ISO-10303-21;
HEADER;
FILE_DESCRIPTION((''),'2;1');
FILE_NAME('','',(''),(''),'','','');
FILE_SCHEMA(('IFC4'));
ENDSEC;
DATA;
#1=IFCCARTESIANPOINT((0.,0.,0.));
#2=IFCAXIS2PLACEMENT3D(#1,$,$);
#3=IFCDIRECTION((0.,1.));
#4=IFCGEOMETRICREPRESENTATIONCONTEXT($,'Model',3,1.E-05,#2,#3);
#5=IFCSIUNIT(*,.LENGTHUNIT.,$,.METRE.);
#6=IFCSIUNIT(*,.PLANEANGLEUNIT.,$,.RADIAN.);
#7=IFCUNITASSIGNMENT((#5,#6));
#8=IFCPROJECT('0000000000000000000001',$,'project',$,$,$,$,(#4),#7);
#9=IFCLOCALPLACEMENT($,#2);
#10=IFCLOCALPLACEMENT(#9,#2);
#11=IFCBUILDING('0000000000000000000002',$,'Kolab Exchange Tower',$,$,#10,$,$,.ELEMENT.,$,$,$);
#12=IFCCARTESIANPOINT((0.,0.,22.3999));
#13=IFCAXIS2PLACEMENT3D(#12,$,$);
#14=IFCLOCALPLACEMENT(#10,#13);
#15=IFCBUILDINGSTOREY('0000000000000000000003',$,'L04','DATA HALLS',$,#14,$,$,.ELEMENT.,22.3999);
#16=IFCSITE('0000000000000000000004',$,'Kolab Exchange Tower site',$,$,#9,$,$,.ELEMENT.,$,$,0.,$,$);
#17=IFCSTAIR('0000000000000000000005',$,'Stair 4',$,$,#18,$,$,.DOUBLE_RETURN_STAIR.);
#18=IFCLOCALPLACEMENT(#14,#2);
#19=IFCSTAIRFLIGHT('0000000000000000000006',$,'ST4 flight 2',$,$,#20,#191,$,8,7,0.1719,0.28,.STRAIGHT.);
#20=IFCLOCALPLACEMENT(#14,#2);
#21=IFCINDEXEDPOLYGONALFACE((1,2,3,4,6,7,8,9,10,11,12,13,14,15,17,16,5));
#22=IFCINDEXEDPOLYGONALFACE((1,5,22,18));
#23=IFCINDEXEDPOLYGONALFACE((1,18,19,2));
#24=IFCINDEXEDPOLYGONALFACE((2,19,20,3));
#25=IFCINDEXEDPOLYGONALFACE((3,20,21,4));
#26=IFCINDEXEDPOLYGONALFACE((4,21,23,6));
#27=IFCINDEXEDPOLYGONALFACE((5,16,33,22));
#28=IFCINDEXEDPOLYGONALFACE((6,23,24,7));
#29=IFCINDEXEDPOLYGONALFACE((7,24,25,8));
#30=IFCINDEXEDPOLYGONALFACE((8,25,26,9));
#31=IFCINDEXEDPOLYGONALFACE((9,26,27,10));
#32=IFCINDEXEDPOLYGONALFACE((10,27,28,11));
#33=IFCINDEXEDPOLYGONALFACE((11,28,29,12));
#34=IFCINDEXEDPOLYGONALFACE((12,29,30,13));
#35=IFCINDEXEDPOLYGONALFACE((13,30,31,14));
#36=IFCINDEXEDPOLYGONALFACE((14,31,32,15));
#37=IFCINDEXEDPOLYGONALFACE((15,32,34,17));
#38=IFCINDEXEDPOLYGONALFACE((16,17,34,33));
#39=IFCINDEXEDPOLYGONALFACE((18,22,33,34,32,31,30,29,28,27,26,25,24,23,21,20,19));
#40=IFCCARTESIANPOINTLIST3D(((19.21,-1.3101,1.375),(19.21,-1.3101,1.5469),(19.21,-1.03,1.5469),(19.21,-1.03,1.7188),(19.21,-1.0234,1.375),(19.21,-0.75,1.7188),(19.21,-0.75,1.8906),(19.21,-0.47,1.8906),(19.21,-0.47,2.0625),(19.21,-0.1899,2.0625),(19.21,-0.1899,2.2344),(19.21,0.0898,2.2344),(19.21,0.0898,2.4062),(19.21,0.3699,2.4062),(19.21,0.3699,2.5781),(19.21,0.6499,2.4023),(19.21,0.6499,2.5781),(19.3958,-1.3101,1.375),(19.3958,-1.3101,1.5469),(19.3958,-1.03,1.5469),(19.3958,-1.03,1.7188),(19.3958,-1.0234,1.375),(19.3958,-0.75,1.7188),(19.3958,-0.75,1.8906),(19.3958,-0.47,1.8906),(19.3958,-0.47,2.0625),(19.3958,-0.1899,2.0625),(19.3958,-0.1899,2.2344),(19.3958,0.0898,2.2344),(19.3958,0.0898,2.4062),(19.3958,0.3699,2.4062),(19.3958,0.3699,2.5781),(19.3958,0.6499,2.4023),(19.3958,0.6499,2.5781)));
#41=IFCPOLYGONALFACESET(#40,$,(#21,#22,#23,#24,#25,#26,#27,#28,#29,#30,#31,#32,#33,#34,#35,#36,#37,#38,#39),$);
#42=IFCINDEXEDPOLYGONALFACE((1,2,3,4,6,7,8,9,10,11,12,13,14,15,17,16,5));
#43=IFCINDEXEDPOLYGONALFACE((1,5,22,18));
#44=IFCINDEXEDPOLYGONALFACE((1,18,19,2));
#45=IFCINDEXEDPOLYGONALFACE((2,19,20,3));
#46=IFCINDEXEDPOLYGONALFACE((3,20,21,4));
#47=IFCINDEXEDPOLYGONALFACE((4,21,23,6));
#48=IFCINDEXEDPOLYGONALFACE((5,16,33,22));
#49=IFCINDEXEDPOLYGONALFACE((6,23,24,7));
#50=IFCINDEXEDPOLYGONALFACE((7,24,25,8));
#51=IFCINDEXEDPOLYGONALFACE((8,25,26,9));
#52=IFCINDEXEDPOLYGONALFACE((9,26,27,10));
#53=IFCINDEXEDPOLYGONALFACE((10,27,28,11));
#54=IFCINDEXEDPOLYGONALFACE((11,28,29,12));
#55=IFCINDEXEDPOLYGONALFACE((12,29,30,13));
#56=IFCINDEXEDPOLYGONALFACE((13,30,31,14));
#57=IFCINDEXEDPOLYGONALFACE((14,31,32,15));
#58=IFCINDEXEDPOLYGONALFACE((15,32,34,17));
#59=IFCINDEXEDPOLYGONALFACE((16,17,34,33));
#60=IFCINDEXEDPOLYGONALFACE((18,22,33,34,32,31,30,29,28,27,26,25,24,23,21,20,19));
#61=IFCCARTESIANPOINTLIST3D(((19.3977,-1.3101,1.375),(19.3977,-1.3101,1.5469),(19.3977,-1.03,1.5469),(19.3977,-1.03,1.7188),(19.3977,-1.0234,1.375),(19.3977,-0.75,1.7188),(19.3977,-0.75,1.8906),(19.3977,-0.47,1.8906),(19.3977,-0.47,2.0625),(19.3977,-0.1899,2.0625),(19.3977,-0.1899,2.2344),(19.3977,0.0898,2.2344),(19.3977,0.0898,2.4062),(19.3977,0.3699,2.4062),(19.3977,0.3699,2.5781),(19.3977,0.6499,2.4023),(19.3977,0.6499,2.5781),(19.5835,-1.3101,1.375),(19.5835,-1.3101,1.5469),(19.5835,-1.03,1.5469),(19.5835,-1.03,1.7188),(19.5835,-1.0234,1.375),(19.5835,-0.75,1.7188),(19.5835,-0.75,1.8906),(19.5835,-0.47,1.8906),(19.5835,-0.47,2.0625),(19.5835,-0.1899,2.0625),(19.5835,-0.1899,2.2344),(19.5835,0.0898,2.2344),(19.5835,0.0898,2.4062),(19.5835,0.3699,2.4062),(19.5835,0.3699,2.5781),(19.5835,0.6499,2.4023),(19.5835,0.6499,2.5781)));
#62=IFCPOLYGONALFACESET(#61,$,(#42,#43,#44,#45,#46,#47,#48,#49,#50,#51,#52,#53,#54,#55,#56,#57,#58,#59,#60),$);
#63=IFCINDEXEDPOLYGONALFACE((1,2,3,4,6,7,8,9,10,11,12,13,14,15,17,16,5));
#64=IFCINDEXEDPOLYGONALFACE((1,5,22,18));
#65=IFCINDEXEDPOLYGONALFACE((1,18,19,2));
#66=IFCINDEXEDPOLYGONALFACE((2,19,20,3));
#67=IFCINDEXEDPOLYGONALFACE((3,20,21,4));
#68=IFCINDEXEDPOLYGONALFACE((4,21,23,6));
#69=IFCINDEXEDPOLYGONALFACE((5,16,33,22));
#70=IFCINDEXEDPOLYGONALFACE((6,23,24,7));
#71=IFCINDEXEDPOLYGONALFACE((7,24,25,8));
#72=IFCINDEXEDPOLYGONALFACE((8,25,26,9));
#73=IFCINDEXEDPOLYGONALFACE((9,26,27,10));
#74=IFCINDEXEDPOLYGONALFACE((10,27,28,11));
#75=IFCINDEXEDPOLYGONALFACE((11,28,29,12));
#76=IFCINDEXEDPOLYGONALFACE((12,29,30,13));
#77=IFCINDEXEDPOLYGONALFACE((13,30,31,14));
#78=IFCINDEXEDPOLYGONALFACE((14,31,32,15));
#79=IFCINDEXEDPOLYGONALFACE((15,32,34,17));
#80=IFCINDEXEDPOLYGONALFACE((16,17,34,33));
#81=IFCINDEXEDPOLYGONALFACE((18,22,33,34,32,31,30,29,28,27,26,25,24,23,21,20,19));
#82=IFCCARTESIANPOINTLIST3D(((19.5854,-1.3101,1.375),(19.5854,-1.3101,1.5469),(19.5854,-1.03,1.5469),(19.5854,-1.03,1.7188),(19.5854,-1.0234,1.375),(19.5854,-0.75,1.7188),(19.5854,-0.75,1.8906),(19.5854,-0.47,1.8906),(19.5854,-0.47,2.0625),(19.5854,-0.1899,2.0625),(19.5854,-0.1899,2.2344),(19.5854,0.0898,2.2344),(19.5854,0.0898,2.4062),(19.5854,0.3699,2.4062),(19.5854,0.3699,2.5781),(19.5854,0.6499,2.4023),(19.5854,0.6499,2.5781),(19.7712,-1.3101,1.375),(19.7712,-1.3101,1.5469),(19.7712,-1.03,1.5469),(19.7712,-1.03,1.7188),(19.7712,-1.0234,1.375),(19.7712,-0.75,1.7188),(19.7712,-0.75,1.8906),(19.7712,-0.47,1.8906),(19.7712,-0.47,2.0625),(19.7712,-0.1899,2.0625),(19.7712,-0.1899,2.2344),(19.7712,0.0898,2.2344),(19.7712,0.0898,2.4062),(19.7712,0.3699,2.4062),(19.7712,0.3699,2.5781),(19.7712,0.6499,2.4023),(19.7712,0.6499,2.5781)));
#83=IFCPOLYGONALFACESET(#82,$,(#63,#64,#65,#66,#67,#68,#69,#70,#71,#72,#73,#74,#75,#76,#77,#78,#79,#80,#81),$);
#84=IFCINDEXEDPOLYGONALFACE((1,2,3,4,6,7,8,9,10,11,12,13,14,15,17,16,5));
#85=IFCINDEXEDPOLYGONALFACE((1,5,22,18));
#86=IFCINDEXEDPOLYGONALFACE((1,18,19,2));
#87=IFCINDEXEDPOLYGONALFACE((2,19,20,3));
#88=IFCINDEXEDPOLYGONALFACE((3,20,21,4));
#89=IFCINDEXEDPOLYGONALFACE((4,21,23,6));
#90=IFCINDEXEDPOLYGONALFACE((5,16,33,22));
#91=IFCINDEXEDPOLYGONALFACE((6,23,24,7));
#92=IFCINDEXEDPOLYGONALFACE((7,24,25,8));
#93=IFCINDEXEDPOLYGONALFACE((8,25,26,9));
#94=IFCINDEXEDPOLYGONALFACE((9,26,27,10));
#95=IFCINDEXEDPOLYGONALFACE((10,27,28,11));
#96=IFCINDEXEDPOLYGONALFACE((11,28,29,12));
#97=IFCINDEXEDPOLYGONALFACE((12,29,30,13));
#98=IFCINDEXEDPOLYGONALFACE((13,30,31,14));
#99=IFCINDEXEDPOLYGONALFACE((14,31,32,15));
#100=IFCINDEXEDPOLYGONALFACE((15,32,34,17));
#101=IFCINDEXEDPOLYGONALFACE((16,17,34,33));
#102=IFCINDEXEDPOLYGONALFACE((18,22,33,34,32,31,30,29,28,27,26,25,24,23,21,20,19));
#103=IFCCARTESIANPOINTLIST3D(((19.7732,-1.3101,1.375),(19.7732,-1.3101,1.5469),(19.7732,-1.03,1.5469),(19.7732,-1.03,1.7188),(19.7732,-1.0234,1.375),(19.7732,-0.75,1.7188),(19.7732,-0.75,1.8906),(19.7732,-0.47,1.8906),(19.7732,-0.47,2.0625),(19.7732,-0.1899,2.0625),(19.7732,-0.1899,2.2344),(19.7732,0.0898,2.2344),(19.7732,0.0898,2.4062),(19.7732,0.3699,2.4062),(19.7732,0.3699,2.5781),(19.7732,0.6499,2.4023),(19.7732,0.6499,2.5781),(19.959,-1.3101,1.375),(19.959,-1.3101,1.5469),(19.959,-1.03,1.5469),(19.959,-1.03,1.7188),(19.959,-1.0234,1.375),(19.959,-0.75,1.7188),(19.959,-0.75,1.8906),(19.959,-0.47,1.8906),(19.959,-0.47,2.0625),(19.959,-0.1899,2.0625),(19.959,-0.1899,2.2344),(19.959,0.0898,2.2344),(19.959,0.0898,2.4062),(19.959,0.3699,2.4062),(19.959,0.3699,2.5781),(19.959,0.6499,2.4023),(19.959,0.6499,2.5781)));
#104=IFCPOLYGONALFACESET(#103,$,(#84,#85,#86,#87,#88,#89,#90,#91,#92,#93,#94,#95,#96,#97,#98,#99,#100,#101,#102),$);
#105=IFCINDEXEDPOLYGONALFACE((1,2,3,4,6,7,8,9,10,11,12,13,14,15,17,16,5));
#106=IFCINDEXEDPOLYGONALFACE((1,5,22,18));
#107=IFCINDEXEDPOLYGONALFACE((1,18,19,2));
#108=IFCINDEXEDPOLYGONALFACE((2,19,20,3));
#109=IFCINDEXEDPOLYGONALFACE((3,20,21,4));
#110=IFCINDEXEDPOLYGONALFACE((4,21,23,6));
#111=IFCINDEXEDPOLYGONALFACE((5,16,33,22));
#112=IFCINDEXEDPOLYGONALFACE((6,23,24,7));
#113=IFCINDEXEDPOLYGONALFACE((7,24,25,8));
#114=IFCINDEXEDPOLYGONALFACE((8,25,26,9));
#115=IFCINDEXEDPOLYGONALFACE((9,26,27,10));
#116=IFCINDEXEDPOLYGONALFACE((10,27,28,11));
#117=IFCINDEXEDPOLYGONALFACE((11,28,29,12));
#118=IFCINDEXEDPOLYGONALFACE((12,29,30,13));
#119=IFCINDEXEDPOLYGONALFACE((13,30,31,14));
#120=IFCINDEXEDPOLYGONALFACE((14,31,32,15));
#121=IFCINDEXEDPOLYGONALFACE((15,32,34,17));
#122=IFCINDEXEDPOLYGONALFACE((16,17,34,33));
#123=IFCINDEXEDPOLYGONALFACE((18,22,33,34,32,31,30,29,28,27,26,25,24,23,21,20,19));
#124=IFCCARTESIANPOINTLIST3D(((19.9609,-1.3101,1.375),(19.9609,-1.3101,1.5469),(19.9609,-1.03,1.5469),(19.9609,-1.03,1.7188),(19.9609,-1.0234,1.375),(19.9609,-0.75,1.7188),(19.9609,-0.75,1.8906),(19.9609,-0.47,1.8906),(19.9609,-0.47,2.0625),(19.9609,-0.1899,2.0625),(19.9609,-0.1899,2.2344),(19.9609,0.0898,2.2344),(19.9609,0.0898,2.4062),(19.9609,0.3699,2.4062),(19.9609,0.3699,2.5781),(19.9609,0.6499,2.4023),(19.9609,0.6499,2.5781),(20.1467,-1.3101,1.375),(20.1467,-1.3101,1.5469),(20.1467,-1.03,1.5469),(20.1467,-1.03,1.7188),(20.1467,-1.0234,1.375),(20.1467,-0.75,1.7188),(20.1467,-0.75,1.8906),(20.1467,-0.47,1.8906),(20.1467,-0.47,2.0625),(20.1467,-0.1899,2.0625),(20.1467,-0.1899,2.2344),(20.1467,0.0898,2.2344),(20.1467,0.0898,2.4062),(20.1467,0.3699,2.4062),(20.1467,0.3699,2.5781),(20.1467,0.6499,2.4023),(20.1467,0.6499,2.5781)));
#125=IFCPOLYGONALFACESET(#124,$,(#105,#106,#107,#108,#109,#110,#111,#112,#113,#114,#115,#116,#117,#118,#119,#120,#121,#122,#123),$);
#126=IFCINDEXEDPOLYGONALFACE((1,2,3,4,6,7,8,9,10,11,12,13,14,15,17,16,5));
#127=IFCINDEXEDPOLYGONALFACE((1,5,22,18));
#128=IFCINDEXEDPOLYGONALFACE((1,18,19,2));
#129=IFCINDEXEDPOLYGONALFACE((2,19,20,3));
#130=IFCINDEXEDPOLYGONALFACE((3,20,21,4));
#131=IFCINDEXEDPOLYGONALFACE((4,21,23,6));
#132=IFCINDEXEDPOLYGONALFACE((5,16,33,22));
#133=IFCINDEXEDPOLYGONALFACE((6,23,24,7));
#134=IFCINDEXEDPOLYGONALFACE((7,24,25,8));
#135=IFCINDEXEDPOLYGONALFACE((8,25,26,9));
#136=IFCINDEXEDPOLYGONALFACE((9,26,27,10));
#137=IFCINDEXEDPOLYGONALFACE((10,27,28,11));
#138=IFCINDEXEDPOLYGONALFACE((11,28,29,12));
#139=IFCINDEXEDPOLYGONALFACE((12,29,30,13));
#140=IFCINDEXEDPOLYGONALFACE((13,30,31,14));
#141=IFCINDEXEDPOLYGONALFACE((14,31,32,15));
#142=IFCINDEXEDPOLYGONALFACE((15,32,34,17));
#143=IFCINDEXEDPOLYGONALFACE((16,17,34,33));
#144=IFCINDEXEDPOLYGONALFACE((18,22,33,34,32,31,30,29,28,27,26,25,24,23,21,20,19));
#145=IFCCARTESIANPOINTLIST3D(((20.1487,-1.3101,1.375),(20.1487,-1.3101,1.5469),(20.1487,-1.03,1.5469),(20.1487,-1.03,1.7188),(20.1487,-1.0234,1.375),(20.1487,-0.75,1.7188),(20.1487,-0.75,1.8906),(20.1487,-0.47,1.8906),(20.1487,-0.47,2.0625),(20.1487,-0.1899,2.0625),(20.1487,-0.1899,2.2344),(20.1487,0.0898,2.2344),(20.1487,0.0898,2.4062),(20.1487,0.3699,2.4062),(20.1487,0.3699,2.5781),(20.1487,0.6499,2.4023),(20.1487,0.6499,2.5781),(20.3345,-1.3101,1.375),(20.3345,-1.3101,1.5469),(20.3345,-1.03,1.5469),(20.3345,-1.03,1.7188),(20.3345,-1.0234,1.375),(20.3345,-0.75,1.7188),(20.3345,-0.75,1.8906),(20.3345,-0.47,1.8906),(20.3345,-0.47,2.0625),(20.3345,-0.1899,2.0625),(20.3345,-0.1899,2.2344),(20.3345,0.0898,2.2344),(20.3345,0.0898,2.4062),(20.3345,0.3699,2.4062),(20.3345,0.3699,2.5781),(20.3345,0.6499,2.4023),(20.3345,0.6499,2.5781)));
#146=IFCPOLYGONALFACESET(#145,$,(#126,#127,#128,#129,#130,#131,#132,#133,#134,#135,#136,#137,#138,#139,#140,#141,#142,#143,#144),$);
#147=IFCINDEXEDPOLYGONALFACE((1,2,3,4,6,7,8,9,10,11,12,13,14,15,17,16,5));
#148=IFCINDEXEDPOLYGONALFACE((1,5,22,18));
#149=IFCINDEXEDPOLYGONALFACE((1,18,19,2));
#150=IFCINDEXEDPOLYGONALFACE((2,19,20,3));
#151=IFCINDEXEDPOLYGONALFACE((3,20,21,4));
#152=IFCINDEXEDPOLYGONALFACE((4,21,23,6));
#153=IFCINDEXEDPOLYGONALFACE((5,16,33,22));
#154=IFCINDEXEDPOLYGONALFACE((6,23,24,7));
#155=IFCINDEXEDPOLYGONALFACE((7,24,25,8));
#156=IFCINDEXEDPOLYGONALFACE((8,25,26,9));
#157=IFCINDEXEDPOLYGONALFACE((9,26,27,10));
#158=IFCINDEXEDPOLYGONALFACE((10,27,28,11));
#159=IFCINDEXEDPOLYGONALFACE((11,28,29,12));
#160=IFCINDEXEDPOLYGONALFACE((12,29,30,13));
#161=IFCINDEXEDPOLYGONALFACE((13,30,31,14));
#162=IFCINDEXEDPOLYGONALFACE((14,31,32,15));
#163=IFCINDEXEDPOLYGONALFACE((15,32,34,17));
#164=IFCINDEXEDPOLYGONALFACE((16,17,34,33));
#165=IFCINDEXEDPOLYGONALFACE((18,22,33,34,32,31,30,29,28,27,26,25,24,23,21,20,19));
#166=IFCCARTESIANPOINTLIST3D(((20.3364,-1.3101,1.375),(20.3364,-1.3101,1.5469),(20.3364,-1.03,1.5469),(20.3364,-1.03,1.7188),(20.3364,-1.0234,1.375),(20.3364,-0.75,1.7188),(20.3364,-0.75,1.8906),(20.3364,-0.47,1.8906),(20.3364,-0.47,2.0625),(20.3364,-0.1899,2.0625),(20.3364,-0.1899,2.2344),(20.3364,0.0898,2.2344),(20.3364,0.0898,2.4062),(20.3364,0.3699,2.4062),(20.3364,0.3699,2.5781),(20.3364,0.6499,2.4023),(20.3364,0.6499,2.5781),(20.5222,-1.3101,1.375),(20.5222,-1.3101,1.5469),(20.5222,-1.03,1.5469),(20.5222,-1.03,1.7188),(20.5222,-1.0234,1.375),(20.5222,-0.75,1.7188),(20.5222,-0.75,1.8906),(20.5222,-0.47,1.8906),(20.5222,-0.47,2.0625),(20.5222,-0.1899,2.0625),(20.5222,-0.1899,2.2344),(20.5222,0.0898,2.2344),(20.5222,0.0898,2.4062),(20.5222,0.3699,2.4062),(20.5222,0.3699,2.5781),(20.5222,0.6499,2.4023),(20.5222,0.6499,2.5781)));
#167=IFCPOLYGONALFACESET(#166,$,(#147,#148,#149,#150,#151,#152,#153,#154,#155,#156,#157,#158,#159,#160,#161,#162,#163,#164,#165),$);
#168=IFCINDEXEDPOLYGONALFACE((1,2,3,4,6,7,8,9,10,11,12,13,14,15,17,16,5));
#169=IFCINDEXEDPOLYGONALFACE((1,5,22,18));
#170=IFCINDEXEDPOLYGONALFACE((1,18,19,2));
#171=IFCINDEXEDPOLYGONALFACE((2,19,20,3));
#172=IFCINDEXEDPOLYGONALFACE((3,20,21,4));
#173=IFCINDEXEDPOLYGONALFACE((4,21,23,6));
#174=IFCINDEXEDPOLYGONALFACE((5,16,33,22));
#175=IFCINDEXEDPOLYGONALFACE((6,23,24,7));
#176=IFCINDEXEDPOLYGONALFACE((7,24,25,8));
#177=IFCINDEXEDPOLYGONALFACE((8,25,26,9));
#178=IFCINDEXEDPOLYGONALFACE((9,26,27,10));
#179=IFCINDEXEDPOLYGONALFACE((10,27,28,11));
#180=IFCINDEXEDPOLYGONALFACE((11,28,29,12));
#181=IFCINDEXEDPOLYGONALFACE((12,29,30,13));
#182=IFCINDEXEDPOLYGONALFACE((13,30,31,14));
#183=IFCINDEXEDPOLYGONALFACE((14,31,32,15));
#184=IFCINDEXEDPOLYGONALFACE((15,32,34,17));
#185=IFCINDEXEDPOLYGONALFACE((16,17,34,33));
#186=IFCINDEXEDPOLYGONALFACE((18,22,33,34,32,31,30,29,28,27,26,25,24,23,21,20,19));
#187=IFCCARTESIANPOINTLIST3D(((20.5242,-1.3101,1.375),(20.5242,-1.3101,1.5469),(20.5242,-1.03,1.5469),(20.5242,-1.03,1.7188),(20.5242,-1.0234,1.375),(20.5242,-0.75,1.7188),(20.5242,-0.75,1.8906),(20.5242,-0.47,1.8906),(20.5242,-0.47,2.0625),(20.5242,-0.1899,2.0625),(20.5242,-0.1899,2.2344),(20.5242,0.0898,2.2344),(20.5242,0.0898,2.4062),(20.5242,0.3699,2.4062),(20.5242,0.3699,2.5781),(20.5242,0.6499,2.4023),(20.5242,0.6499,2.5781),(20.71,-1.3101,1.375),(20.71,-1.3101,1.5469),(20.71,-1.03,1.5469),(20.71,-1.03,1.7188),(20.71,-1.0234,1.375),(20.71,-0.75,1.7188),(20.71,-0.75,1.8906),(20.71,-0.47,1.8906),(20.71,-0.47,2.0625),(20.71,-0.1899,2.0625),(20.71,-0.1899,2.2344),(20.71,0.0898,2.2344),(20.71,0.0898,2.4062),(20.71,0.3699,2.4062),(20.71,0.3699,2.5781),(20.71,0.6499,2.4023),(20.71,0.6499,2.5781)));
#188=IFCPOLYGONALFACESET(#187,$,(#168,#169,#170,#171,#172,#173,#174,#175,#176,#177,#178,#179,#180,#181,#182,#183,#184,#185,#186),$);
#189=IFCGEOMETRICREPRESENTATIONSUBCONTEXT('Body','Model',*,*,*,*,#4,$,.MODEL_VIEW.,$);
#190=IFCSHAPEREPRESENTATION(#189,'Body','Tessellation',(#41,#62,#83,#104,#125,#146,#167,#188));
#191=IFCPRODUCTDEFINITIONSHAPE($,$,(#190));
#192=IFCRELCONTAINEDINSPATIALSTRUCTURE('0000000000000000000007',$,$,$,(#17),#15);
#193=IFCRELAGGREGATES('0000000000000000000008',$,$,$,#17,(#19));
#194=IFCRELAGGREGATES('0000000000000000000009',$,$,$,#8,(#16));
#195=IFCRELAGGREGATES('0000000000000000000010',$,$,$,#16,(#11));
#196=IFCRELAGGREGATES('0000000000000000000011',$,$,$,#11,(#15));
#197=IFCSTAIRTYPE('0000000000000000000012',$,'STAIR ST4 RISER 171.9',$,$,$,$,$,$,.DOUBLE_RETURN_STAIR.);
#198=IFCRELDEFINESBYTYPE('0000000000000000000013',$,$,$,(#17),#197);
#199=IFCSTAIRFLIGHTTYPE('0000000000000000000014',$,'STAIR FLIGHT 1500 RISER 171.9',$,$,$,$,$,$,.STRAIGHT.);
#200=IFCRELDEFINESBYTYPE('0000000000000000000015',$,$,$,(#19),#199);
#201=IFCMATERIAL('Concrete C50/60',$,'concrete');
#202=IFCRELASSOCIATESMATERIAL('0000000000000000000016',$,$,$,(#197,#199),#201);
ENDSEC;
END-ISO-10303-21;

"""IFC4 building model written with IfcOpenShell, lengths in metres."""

from ifc_helpers import new_model, si_unit, direction, frame, origin, place, context, subcontext, project, spatial, polyline, outline, extrude, material, type_object, element, aggregate, save


model = new_model("IFC4")

# Units and contexts
model_context = context("Model", 3, precision=1e-05, world=origin(), true_north=direction((0.0, 1.0)))
body_context = subcontext(model_context, "Body", "Model", "MODEL_VIEW")
ifc_project = project(units=[si_unit("LENGTHUNIT", "METRE"), si_unit("PLANEANGLEUNIT", "RADIAN")], contexts=[model_context])

# Site, building, storey
site_placement = place(None, origin())
site = spatial("IfcSite", under=ifc_project, at=site_placement, Name="Kolab Exchange Tower site", CompositionType="ELEMENT", RefElevation=0.0)
building_placement = place(site_placement, origin())
building = spatial("IfcBuilding", under=site, at=building_placement, Name="Kolab Exchange Tower", CompositionType="ELEMENT")
storey_placement = place(building_placement, frame((0.0, 0.0, 22.3999)))
storey = spatial("IfcBuildingStorey", under=building, at=storey_placement, Name="L04", Description="DATA HALLS", CompositionType="ELEMENT", Elevation=22.3999)

# Shared definitions
ifc_material_1 = material(Name="Concrete C50/60", Category="concrete")

# Stair, stair flight
stair_type = type_object("IfcStairType", Name="STAIR ST4 RISER 171.9", PredefinedType="DOUBLE_RETURN_STAIR", material=ifc_material_1)
stair_placement = place(storey_placement, origin())
stair = element("IfcStair", 1, at=stair_placement, inside=storey, type_object=stair_type, Name="Stair 4", PredefinedType="DOUBLE_RETURN_STAIR")
stair_flight_type = type_object("IfcStairFlightType", Name="STAIR FLIGHT 1500 RISER 171.9", PredefinedType="STRAIGHT", material=ifc_material_1)
stair_flight_1_placement = place(storey_placement, frame((19.96, -1.3101, 1.375), z_axis=(0.0, 0.0, 1.0), x_axis=(0.0, 1.0, 0.0)))
stair_flight_1 = element("IfcStairFlight", 2, at=stair_flight_1_placement, type_object=stair_flight_type, Name="ST4 flight 2", NumberOfRisers=8, NumberOfTreads=7, PredefinedType="STRAIGHT", RiserHeight=0.1719, TreadLength=0.28, context=body_context, shape_type="SweptSolid", body=[
    extrude(outline(polyline([(0.0, 0.0), (0.0, 0.1719), (0.28, 0.1719), (0.28, 0.3438), (0.5601, 0.3438), (0.5601, 0.5156), (0.8401, 0.5156), (0.8401, 0.6875), (1.1201, 0.6875), (1.1201, 0.8594), (1.3999, 0.8594), (1.3999, 1.0312), (1.6799, 1.0312), (1.6799, 1.2031), (1.96, 1.2031), (1.96, 1.375), (1.96, 1.0273), (0.2866, 0.0), (0.0, 0.0)])), frame((0.0, 0.75, 0.0), z_axis=(0.0, -1.0, 0.0), x_axis=(1.0, 0.0, 0.0)), (0.0, 0.0, 1.0), 0.1858),
    extrude(outline(polyline([(0.0, 0.0), (0.0, 0.1719), (0.28, 0.1719), (0.28, 0.3438), (0.5601, 0.3438), (0.5601, 0.5156), (0.8401, 0.5156), (0.8401, 0.6875), (1.1201, 0.6875), (1.1201, 0.8594), (1.3999, 0.8594), (1.3999, 1.0312), (1.6799, 1.0312), (1.6799, 1.2031), (1.96, 1.2031), (1.96, 1.375), (1.96, 1.0273), (0.2866, 0.0), (0.0, 0.0)])), frame((0.0, 0.5623, 0.0), z_axis=(0.0, -1.0, 0.0), x_axis=(1.0, 0.0, 0.0)), (0.0, 0.0, 1.0), 0.1858),
    extrude(outline(polyline([(0.0, 0.0), (0.0, 0.1719), (0.28, 0.1719), (0.28, 0.3438), (0.5601, 0.3438), (0.5601, 0.5156), (0.8401, 0.5156), (0.8401, 0.6875), (1.1201, 0.6875), (1.1201, 0.8594), (1.3999, 0.8594), (1.3999, 1.0312), (1.6799, 1.0312), (1.6799, 1.2031), (1.96, 1.2031), (1.96, 1.375), (1.96, 1.0273), (0.2866, 0.0), (0.0, 0.0)])), frame((0.0, 0.3745, 0.0), z_axis=(0.0, -1.0, 0.0), x_axis=(1.0, 0.0, 0.0)), (0.0, 0.0, 1.0), 0.1858),
    extrude(outline(polyline([(0.0, 0.0), (0.0, 0.1719), (0.28, 0.1719), (0.28, 0.3438), (0.5601, 0.3438), (0.5601, 0.5156), (0.8401, 0.5156), (0.8401, 0.6875), (1.1201, 0.6875), (1.1201, 0.8594), (1.3999, 0.8594), (1.3999, 1.0312), (1.6799, 1.0312), (1.6799, 1.2031), (1.96, 1.2031), (1.96, 1.375), (1.96, 1.0273), (0.2866, 0.0), (0.0, 0.0)])), frame((0.0, 0.1868, 0.0), z_axis=(0.0, -1.0, 0.0), x_axis=(1.0, 0.0, 0.0)), (0.0, 0.0, 1.0), 0.1858),
    extrude(outline(polyline([(0.0, 0.0), (0.0, 0.1719), (0.28, 0.1719), (0.28, 0.3438), (0.5601, 0.3438), (0.5601, 0.5156), (0.8401, 0.5156), (0.8401, 0.6875), (1.1201, 0.6875), (1.1201, 0.8594), (1.3999, 0.8594), (1.3999, 1.0312), (1.6799, 1.0312), (1.6799, 1.2031), (1.96, 1.2031), (1.96, 1.375), (1.96, 1.0273), (0.2866, 0.0), (0.0, 0.0)])), frame((0.0, -0.001, 0.0), z_axis=(0.0, -1.0, 0.0), x_axis=(1.0, 0.0, 0.0)), (0.0, 0.0, 1.0), 0.1858),
    extrude(outline(polyline([(0.0, 0.0), (0.0, 0.1719), (0.28, 0.1719), (0.28, 0.3438), (0.5601, 0.3438), (0.5601, 0.5156), (0.8401, 0.5156), (0.8401, 0.6875), (1.1201, 0.6875), (1.1201, 0.8594), (1.3999, 0.8594), (1.3999, 1.0312), (1.6799, 1.0312), (1.6799, 1.2031), (1.96, 1.2031), (1.96, 1.375), (1.96, 1.0273), (0.2866, 0.0), (0.0, 0.0)])), frame((0.0, -0.1887, 0.0), z_axis=(0.0, -1.0, 0.0), x_axis=(1.0, 0.0, 0.0)), (0.0, 0.0, 1.0), 0.1858),
    extrude(outline(polyline([(0.0, 0.0), (0.0, 0.1719), (0.28, 0.1719), (0.28, 0.3438), (0.5601, 0.3438), (0.5601, 0.5156), (0.8401, 0.5156), (0.8401, 0.6875), (1.1201, 0.6875), (1.1201, 0.8594), (1.3999, 0.8594), (1.3999, 1.0312), (1.6799, 1.0312), (1.6799, 1.2031), (1.96, 1.2031), (1.96, 1.375), (1.96, 1.0273), (0.2866, 0.0), (0.0, 0.0)])), frame((0.0, -0.3765, 0.0), z_axis=(0.0, -1.0, 0.0), x_axis=(1.0, 0.0, 0.0)), (0.0, 0.0, 1.0), 0.1858),
    extrude(outline(polyline([(0.0, 0.0), (0.0, 0.1719), (0.28, 0.1719), (0.28, 0.3438), (0.5601, 0.3438), (0.5601, 0.5156), (0.8401, 0.5156), (0.8401, 0.6875), (1.1201, 0.6875), (1.1201, 0.8594), (1.3999, 0.8594), (1.3999, 1.0312), (1.6799, 1.0312), (1.6799, 1.2031), (1.96, 1.2031), (1.96, 1.375), (1.96, 1.0273), (0.2866, 0.0), (0.0, 0.0)])), frame((0.0, -0.5642, 0.0), z_axis=(0.0, -1.0, 0.0), x_axis=(1.0, 0.0, 0.0)), (0.0, 0.0, 1.0), 0.1858),
])
aggregate(stair, [stair_flight_1])

save(model, "model.ifc")
